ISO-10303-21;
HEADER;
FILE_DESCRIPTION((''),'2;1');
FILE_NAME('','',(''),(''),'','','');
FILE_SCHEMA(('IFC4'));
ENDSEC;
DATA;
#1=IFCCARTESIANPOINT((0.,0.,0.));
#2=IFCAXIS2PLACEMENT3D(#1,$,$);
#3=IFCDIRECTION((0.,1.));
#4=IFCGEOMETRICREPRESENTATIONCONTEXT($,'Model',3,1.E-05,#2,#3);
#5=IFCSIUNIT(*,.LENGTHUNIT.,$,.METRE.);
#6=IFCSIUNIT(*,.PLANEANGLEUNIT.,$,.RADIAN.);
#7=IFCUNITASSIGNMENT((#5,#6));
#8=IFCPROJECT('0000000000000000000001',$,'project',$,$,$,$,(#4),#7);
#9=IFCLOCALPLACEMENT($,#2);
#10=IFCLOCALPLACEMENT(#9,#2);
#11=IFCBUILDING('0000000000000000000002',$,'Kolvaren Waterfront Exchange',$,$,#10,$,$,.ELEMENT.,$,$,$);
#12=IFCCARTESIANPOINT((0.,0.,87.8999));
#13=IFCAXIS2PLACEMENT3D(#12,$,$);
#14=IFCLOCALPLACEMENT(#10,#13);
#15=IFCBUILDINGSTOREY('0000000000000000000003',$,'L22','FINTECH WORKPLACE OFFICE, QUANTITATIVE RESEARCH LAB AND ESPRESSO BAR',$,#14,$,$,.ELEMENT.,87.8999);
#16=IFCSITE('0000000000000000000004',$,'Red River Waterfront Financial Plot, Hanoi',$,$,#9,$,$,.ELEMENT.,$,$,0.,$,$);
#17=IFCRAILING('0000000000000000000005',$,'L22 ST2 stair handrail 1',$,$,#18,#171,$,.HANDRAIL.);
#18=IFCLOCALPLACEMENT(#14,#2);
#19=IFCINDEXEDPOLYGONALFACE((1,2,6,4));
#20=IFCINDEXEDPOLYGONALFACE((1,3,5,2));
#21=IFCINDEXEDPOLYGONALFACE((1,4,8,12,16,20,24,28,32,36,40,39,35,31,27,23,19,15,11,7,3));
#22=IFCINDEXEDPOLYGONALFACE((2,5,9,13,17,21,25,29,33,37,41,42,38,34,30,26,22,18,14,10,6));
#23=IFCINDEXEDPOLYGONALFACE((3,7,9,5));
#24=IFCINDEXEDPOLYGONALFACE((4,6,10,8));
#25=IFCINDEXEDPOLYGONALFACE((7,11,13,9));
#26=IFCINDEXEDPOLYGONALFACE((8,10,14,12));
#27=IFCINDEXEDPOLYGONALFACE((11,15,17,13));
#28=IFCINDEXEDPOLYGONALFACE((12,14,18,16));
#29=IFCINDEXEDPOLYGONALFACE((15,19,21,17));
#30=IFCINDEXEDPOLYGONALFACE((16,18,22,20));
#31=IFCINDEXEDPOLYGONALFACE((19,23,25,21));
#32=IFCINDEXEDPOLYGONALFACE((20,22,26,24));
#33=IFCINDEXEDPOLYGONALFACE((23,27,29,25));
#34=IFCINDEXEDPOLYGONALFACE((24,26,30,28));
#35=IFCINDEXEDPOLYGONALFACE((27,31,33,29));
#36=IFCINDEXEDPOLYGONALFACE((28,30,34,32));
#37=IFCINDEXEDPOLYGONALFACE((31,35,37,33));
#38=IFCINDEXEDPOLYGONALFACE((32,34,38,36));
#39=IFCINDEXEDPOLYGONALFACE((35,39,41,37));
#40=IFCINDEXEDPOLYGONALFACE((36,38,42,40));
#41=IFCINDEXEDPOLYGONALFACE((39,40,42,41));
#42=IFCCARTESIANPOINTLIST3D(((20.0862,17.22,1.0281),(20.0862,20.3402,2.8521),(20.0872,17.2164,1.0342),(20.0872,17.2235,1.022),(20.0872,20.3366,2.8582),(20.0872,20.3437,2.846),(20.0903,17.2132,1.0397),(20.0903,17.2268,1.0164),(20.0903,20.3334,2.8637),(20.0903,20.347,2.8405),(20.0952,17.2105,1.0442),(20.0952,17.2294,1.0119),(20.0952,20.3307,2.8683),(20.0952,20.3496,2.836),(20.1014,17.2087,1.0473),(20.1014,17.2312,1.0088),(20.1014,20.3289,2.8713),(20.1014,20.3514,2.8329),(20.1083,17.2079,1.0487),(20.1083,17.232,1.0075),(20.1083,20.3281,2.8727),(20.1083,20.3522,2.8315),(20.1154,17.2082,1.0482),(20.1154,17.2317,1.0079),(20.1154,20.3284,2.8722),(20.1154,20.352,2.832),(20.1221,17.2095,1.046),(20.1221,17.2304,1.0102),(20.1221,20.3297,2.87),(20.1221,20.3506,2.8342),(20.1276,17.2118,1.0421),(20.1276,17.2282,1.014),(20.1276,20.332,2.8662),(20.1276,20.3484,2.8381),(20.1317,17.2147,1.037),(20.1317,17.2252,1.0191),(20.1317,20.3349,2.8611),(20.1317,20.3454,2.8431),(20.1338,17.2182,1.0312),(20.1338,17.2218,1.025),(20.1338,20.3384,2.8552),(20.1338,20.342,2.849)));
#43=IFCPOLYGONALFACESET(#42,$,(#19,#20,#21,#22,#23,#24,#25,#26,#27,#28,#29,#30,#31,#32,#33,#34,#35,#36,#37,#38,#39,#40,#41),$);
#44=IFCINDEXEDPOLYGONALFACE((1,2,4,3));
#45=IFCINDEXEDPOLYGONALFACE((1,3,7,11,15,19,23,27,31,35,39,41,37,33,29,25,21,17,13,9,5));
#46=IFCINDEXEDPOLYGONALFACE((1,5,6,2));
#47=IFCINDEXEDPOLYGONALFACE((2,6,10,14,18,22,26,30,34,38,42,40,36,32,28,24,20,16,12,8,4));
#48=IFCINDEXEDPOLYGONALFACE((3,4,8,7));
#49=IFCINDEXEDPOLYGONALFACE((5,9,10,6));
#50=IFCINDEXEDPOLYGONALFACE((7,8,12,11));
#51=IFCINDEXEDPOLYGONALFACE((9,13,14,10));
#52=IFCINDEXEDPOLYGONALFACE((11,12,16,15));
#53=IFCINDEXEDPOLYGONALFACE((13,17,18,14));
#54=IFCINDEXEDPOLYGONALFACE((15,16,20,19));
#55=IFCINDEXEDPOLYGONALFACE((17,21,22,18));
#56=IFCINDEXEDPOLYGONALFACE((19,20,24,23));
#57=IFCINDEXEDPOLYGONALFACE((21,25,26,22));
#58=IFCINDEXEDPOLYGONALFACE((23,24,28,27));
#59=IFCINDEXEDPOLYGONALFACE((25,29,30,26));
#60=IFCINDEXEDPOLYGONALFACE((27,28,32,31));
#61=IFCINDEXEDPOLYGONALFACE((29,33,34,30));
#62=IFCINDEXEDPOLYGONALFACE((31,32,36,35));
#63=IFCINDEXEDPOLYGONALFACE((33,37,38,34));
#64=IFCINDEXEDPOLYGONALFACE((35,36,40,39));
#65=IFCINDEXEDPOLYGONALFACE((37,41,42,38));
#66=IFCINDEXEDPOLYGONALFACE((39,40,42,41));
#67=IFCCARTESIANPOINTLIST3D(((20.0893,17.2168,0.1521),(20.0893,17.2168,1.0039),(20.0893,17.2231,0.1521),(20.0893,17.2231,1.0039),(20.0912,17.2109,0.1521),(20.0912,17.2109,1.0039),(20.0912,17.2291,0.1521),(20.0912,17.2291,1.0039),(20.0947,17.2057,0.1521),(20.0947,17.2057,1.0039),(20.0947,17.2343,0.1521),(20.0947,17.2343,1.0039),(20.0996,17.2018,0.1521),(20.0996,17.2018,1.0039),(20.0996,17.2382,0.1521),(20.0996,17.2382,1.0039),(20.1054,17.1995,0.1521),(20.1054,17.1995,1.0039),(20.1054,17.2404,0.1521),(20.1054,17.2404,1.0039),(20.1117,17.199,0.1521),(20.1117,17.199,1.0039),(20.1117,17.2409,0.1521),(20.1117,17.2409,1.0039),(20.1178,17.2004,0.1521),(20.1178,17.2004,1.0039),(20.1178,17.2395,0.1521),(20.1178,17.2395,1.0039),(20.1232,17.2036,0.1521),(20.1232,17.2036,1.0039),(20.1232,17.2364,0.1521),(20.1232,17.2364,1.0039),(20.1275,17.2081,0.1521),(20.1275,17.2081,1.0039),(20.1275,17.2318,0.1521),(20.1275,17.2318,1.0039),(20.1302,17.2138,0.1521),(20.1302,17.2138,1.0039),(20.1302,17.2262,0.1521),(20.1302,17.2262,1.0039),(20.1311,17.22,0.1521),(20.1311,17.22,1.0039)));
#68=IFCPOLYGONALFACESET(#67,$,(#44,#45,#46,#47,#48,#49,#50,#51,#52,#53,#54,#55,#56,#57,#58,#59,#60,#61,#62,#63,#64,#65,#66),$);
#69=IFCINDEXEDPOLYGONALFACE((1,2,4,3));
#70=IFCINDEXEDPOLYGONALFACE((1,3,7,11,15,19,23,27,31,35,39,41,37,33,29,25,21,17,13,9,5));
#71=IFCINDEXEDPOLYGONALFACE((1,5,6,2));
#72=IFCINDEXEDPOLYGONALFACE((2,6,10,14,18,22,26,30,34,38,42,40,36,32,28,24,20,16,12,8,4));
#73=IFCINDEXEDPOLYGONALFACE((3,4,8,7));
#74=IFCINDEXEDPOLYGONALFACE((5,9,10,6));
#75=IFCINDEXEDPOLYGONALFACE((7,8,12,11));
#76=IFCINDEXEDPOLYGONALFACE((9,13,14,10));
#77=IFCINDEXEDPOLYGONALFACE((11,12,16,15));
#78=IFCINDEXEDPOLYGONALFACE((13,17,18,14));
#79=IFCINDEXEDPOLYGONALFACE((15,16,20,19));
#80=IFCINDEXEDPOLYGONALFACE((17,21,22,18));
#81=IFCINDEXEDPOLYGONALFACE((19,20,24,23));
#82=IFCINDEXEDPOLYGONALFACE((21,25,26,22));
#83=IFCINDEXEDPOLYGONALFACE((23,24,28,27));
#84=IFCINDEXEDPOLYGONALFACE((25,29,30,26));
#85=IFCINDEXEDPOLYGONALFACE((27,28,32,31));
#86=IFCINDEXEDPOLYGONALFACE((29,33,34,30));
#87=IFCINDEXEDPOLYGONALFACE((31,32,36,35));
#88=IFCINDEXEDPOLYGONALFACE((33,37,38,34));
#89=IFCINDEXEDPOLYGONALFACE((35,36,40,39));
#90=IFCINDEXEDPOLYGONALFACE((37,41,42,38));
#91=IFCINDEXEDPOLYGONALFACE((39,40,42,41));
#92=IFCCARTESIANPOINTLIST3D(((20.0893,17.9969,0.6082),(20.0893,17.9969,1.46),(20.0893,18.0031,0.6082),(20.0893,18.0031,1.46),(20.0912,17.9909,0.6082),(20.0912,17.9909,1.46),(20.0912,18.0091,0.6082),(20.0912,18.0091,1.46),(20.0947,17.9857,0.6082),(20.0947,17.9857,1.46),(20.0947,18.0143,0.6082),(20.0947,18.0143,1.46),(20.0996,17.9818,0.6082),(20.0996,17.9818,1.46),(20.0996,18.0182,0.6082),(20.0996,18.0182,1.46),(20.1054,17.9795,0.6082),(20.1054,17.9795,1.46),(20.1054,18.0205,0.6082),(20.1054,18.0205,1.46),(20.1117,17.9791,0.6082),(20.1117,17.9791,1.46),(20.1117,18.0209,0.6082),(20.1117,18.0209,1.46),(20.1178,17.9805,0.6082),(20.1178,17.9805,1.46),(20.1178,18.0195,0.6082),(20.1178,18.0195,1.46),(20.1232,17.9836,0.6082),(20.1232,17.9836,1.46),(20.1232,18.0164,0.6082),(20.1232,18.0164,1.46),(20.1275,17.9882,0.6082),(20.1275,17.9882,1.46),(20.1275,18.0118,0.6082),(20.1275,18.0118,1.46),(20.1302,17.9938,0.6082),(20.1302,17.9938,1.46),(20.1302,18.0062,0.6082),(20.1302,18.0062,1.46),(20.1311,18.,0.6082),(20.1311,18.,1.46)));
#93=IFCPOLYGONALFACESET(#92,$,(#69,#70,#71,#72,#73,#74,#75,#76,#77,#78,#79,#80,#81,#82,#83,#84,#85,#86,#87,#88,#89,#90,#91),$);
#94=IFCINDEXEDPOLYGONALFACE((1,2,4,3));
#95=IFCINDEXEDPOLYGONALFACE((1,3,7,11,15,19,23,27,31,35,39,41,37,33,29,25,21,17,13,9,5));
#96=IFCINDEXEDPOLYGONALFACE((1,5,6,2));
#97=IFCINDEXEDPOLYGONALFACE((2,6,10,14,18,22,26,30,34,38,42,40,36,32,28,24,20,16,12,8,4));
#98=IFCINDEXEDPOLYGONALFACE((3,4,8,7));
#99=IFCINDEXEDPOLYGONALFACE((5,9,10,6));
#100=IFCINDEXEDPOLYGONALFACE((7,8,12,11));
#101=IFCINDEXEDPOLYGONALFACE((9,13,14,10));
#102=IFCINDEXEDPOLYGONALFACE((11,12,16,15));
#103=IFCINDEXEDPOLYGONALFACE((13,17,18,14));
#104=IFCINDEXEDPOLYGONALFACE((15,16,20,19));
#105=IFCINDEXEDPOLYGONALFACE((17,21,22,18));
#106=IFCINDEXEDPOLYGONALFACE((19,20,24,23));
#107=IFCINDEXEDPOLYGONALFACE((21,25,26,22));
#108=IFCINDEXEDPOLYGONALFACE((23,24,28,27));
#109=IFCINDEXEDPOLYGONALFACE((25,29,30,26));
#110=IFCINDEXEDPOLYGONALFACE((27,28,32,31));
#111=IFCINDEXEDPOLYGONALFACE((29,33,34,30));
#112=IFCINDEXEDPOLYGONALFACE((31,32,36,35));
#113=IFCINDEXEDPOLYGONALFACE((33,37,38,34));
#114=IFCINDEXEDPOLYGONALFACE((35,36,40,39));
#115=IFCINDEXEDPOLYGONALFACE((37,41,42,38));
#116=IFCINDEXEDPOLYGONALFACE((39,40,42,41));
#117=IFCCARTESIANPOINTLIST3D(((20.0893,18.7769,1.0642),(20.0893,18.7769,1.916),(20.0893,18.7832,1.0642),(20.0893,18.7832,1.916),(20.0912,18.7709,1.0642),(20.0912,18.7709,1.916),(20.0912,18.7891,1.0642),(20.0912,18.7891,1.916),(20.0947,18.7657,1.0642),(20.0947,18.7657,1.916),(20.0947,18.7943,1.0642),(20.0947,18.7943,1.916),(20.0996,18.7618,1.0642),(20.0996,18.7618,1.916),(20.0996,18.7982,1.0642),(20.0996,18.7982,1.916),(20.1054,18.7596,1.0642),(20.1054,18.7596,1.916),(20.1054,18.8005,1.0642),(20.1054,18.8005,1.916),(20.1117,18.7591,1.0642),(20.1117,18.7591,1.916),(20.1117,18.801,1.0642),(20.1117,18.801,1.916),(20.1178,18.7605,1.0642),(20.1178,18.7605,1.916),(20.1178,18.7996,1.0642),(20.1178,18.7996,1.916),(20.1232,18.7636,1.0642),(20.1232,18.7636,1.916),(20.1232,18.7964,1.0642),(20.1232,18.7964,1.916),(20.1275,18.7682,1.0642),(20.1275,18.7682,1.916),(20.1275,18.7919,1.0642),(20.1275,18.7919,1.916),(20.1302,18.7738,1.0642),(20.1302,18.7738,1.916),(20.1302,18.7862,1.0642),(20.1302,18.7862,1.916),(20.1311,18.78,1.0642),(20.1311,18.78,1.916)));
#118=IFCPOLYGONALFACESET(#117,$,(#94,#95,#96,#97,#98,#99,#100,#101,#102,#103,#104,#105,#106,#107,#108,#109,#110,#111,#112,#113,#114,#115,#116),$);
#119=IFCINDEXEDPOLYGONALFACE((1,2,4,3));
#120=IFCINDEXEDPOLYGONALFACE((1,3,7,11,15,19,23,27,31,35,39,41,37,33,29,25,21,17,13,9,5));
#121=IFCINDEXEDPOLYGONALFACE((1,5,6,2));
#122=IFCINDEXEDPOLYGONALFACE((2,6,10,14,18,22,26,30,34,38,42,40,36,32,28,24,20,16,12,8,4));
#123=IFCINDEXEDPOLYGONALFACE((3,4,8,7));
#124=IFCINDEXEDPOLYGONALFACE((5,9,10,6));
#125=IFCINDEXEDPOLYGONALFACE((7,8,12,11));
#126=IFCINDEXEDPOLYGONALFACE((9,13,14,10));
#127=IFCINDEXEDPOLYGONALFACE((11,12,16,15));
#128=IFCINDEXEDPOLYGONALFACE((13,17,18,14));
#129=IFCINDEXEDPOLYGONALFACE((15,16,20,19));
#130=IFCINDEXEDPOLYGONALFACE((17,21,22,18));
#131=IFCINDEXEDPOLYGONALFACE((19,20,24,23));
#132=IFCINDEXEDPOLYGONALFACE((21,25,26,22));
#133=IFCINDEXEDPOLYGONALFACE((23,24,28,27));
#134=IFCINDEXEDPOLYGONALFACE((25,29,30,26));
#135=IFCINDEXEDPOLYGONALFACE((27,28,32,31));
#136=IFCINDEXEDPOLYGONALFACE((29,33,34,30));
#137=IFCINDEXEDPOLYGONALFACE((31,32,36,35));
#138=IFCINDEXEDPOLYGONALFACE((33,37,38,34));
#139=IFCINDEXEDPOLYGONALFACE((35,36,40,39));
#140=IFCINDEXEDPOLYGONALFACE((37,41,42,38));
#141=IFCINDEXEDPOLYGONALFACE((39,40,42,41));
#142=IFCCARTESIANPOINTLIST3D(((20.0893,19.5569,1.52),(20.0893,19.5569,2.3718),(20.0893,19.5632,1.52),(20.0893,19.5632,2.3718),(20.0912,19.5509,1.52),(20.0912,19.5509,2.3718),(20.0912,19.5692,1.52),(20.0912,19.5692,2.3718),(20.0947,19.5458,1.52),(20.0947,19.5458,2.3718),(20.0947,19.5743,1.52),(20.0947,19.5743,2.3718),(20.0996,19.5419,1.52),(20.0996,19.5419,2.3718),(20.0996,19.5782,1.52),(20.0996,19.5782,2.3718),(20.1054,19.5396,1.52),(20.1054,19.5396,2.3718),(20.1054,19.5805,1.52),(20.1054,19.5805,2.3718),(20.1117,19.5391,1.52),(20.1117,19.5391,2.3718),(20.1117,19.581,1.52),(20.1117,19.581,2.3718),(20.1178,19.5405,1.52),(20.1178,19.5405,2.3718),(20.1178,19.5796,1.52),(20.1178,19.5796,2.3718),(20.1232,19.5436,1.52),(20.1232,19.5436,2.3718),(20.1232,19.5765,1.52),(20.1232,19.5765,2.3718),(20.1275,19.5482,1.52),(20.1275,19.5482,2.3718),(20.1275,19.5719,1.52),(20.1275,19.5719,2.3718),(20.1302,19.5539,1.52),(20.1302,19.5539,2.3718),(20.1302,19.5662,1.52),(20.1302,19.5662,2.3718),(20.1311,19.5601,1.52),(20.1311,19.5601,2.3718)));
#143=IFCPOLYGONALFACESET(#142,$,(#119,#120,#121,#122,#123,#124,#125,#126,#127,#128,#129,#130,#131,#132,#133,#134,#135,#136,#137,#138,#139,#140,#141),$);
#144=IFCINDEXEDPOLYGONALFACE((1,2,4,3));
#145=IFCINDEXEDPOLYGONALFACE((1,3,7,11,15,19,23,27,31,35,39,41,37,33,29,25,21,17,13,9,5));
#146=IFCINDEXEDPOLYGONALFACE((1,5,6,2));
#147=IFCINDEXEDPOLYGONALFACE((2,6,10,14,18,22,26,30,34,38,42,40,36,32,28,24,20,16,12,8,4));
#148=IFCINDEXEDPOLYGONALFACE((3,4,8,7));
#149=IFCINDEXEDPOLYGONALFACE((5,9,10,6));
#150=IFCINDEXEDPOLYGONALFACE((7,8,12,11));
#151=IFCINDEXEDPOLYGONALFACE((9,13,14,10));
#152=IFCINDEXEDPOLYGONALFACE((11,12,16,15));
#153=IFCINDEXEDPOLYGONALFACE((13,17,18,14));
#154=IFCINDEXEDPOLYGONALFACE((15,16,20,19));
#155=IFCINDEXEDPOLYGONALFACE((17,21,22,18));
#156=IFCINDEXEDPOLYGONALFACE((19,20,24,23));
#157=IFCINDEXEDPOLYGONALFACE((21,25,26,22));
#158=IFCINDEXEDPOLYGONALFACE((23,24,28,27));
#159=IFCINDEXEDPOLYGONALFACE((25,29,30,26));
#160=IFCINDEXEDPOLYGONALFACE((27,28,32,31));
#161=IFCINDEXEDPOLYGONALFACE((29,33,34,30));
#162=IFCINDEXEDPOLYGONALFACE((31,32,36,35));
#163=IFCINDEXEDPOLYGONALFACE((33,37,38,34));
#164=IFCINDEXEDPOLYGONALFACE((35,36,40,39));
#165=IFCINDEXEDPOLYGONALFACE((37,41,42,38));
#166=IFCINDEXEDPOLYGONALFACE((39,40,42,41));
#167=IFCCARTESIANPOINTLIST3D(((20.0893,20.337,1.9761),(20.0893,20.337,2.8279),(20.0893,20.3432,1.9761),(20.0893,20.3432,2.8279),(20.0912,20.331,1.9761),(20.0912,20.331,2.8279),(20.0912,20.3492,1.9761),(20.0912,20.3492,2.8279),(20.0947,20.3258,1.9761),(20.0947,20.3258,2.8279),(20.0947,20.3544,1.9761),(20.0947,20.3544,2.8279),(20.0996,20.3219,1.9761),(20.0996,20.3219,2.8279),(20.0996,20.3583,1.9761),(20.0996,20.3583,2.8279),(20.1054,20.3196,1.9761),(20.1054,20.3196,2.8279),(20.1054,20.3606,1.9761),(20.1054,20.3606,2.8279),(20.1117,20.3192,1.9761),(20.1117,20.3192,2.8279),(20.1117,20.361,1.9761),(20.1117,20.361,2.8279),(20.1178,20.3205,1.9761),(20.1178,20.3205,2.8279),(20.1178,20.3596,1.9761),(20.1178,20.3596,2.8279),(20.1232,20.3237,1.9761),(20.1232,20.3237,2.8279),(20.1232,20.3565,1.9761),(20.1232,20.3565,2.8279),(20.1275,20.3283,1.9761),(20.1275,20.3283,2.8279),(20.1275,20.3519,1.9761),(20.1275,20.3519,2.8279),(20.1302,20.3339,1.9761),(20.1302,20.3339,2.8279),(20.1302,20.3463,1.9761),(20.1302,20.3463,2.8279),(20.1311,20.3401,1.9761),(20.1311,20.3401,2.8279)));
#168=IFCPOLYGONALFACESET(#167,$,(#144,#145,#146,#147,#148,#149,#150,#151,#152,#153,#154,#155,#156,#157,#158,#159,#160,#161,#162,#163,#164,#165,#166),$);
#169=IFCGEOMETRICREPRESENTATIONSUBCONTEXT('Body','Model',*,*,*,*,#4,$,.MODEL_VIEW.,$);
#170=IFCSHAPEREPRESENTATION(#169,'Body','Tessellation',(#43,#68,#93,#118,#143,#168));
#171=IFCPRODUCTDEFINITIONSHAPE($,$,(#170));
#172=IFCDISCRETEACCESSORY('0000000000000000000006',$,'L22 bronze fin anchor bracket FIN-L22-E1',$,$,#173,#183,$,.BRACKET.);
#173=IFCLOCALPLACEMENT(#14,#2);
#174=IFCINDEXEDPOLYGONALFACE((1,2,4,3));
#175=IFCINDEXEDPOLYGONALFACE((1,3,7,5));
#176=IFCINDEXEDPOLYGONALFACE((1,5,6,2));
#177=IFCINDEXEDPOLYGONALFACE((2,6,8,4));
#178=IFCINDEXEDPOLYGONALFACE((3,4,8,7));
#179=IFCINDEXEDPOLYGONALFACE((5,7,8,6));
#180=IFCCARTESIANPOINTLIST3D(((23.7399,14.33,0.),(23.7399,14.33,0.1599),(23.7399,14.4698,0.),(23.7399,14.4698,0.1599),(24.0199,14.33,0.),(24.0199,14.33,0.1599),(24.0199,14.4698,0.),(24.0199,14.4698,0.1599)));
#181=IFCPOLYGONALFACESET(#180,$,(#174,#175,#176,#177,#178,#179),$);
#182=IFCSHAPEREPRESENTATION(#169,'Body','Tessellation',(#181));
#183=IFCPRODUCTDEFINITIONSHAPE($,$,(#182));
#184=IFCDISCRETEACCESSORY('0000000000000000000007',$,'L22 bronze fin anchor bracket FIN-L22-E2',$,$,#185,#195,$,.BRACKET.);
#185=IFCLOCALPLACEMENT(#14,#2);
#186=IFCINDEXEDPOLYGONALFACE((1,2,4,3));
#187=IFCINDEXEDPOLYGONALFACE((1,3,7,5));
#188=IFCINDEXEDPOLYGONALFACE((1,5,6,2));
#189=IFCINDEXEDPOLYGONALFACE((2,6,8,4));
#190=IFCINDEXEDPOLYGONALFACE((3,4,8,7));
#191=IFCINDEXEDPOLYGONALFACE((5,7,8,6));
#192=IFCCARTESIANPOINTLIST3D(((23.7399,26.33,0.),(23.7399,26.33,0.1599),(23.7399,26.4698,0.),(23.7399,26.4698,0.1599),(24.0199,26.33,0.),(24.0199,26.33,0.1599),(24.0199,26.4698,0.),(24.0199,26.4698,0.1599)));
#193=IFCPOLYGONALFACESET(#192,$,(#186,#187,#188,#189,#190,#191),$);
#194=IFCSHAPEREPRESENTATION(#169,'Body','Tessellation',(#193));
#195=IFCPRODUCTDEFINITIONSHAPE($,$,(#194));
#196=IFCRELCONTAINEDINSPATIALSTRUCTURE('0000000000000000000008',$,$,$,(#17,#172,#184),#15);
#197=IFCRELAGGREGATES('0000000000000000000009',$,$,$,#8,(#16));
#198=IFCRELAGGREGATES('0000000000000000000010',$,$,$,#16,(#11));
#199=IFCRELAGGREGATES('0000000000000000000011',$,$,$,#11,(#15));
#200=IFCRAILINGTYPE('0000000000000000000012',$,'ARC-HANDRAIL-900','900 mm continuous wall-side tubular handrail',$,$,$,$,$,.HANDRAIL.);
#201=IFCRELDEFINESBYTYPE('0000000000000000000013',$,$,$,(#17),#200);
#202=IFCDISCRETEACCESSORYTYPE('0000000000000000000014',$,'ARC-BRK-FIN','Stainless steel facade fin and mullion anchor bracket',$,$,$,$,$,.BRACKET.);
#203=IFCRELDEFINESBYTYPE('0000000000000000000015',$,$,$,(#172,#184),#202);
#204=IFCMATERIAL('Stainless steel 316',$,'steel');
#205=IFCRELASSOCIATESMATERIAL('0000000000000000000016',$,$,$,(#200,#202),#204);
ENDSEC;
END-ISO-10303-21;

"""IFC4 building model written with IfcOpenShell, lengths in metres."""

from ifc_helpers import new_model, si_unit, direction, frame, origin, origin_with_axes, origin_2d, place, context, subcontext, project, spatial, rectangle, circle, extrude, source, transform, mapped, material, type_object, element, save


model = new_model("IFC4")

# Units and contexts
model_context = context("Model", 3, precision=1e-05, world=origin(), true_north=direction((0.0, 1.0)))
body_context = subcontext(model_context, "Body", "Model", "MODEL_VIEW")
ifc_project = project(units=[si_unit("LENGTHUNIT", "METRE"), si_unit("PLANEANGLEUNIT", "RADIAN")], contexts=[model_context])

# Site, building, storey
site_placement = place(None, origin())
site = spatial("IfcSite", under=ifc_project, at=site_placement, Name="Red River Waterfront Financial Plot, Hanoi", CompositionType="ELEMENT", RefElevation=0.0)
building_placement = place(site_placement, origin())
building = spatial("IfcBuilding", under=site, at=building_placement, Name="Kolvaren Waterfront Exchange", CompositionType="ELEMENT")
storey_placement = place(building_placement, frame((0.0, 0.0, 87.8999)))
storey = spatial("IfcBuildingStorey", under=building, at=storey_placement, Name="L22", Description="FINTECH WORKPLACE OFFICE, QUANTITATIVE RESEARCH LAB AND ESPRESSO BAR", CompositionType="ELEMENT", Elevation=87.8999)

# Railing
ifc_material_1 = material(Name="Stainless steel 316", Category="steel")
railing_type_1 = type_object("IfcRailingType", Name="ARC-HANDRAIL-900", Description="900 mm continuous wall-side tubular handrail", PredefinedType="HANDRAIL", material=ifc_material_1)
railing_1_placement = place(storey_placement, frame((20.1101, 17.22, 0.1521)))
element("IfcRailing", 1, at=railing_1_placement, inside=storey, type_object=railing_type_1, Name="L22 ST2 stair handrail 1", PredefinedType="HANDRAIL", context=body_context, shape_type="SweptSolid", body=[
    extrude(circle(Radius=0.0239, at=origin_2d()), frame((0.0, 0.0, 0.876), z_axis=(0.0, 0.863308, 0.504677), x_axis=(-1.0, 0.0, 0.0)), (0.0, 0.0, 1.0), 3.6143),
    extrude(circle(Radius=0.021, at=origin_2d()), origin(), (0.0, 0.0, 1.0), 0.8518),
    extrude(circle(Radius=0.021, at=origin_2d()), frame((0.0, 0.78, 0.4561)), (0.0, 0.0, 1.0), 0.8518),
    extrude(circle(Radius=0.021, at=origin_2d()), frame((0.0, 1.5601, 0.9121)), (0.0, 0.0, 1.0), 0.8518),
    extrude(circle(Radius=0.021, at=origin_2d()), frame((0.0, 2.3401, 1.3679)), (0.0, 0.0, 1.0), 0.8518),
    extrude(circle(Radius=0.021, at=origin_2d()), frame((0.0, 3.1201, 1.824)), (0.0, 0.0, 1.0), 0.8518),
])

# Discrete accessories
discrete_accessory_type = type_object("IfcDiscreteAccessoryType", Name="ARC-BRK-FIN", Description="Stainless steel facade fin and mullion anchor bracket", PredefinedType="BRACKET", material=ifc_material_1)
shared_shape_1 = source(origin_with_axes(), body_context, "Body", "SweptSolid", [
    extrude(rectangle(XDim=0.28, YDim=0.1399, at=origin_2d()), origin(), (0.0, 0.0, 1.0), 0.1599),
])
for number, where, z_axis, x_axis, name in (
    (2, (23.8799, 14.3999, 0.0), (0.0, 0.0, 1.0), (1.0, 0.0, 0.0), "L22 bronze fin anchor bracket FIN-L22-E1"),
    (3, (23.8799, 26.3999, 0.0), (0.0, 0.0, 1.0), (1.0, 0.0, 0.0), "L22 bronze fin anchor bracket FIN-L22-E2"),
):
    element("IfcDiscreteAccessory", number, at=place(storey_placement, frame(where, z_axis=z_axis, x_axis=x_axis)), inside=storey, type_object=discrete_accessory_type, Name=name, PredefinedType="BRACKET", context=body_context, shape_type="MappedRepresentation", body=[
        mapped(shared_shape_1, transform((0.0, 0.0, 0.0), x_axis=(1.0, 0.0, 0.0), y_axis=(0.0, 1.0, 0.0), z_axis=(0.0, 0.0, 1.0), scale=1.0)),
    ])

save(model, "model.ifc")
